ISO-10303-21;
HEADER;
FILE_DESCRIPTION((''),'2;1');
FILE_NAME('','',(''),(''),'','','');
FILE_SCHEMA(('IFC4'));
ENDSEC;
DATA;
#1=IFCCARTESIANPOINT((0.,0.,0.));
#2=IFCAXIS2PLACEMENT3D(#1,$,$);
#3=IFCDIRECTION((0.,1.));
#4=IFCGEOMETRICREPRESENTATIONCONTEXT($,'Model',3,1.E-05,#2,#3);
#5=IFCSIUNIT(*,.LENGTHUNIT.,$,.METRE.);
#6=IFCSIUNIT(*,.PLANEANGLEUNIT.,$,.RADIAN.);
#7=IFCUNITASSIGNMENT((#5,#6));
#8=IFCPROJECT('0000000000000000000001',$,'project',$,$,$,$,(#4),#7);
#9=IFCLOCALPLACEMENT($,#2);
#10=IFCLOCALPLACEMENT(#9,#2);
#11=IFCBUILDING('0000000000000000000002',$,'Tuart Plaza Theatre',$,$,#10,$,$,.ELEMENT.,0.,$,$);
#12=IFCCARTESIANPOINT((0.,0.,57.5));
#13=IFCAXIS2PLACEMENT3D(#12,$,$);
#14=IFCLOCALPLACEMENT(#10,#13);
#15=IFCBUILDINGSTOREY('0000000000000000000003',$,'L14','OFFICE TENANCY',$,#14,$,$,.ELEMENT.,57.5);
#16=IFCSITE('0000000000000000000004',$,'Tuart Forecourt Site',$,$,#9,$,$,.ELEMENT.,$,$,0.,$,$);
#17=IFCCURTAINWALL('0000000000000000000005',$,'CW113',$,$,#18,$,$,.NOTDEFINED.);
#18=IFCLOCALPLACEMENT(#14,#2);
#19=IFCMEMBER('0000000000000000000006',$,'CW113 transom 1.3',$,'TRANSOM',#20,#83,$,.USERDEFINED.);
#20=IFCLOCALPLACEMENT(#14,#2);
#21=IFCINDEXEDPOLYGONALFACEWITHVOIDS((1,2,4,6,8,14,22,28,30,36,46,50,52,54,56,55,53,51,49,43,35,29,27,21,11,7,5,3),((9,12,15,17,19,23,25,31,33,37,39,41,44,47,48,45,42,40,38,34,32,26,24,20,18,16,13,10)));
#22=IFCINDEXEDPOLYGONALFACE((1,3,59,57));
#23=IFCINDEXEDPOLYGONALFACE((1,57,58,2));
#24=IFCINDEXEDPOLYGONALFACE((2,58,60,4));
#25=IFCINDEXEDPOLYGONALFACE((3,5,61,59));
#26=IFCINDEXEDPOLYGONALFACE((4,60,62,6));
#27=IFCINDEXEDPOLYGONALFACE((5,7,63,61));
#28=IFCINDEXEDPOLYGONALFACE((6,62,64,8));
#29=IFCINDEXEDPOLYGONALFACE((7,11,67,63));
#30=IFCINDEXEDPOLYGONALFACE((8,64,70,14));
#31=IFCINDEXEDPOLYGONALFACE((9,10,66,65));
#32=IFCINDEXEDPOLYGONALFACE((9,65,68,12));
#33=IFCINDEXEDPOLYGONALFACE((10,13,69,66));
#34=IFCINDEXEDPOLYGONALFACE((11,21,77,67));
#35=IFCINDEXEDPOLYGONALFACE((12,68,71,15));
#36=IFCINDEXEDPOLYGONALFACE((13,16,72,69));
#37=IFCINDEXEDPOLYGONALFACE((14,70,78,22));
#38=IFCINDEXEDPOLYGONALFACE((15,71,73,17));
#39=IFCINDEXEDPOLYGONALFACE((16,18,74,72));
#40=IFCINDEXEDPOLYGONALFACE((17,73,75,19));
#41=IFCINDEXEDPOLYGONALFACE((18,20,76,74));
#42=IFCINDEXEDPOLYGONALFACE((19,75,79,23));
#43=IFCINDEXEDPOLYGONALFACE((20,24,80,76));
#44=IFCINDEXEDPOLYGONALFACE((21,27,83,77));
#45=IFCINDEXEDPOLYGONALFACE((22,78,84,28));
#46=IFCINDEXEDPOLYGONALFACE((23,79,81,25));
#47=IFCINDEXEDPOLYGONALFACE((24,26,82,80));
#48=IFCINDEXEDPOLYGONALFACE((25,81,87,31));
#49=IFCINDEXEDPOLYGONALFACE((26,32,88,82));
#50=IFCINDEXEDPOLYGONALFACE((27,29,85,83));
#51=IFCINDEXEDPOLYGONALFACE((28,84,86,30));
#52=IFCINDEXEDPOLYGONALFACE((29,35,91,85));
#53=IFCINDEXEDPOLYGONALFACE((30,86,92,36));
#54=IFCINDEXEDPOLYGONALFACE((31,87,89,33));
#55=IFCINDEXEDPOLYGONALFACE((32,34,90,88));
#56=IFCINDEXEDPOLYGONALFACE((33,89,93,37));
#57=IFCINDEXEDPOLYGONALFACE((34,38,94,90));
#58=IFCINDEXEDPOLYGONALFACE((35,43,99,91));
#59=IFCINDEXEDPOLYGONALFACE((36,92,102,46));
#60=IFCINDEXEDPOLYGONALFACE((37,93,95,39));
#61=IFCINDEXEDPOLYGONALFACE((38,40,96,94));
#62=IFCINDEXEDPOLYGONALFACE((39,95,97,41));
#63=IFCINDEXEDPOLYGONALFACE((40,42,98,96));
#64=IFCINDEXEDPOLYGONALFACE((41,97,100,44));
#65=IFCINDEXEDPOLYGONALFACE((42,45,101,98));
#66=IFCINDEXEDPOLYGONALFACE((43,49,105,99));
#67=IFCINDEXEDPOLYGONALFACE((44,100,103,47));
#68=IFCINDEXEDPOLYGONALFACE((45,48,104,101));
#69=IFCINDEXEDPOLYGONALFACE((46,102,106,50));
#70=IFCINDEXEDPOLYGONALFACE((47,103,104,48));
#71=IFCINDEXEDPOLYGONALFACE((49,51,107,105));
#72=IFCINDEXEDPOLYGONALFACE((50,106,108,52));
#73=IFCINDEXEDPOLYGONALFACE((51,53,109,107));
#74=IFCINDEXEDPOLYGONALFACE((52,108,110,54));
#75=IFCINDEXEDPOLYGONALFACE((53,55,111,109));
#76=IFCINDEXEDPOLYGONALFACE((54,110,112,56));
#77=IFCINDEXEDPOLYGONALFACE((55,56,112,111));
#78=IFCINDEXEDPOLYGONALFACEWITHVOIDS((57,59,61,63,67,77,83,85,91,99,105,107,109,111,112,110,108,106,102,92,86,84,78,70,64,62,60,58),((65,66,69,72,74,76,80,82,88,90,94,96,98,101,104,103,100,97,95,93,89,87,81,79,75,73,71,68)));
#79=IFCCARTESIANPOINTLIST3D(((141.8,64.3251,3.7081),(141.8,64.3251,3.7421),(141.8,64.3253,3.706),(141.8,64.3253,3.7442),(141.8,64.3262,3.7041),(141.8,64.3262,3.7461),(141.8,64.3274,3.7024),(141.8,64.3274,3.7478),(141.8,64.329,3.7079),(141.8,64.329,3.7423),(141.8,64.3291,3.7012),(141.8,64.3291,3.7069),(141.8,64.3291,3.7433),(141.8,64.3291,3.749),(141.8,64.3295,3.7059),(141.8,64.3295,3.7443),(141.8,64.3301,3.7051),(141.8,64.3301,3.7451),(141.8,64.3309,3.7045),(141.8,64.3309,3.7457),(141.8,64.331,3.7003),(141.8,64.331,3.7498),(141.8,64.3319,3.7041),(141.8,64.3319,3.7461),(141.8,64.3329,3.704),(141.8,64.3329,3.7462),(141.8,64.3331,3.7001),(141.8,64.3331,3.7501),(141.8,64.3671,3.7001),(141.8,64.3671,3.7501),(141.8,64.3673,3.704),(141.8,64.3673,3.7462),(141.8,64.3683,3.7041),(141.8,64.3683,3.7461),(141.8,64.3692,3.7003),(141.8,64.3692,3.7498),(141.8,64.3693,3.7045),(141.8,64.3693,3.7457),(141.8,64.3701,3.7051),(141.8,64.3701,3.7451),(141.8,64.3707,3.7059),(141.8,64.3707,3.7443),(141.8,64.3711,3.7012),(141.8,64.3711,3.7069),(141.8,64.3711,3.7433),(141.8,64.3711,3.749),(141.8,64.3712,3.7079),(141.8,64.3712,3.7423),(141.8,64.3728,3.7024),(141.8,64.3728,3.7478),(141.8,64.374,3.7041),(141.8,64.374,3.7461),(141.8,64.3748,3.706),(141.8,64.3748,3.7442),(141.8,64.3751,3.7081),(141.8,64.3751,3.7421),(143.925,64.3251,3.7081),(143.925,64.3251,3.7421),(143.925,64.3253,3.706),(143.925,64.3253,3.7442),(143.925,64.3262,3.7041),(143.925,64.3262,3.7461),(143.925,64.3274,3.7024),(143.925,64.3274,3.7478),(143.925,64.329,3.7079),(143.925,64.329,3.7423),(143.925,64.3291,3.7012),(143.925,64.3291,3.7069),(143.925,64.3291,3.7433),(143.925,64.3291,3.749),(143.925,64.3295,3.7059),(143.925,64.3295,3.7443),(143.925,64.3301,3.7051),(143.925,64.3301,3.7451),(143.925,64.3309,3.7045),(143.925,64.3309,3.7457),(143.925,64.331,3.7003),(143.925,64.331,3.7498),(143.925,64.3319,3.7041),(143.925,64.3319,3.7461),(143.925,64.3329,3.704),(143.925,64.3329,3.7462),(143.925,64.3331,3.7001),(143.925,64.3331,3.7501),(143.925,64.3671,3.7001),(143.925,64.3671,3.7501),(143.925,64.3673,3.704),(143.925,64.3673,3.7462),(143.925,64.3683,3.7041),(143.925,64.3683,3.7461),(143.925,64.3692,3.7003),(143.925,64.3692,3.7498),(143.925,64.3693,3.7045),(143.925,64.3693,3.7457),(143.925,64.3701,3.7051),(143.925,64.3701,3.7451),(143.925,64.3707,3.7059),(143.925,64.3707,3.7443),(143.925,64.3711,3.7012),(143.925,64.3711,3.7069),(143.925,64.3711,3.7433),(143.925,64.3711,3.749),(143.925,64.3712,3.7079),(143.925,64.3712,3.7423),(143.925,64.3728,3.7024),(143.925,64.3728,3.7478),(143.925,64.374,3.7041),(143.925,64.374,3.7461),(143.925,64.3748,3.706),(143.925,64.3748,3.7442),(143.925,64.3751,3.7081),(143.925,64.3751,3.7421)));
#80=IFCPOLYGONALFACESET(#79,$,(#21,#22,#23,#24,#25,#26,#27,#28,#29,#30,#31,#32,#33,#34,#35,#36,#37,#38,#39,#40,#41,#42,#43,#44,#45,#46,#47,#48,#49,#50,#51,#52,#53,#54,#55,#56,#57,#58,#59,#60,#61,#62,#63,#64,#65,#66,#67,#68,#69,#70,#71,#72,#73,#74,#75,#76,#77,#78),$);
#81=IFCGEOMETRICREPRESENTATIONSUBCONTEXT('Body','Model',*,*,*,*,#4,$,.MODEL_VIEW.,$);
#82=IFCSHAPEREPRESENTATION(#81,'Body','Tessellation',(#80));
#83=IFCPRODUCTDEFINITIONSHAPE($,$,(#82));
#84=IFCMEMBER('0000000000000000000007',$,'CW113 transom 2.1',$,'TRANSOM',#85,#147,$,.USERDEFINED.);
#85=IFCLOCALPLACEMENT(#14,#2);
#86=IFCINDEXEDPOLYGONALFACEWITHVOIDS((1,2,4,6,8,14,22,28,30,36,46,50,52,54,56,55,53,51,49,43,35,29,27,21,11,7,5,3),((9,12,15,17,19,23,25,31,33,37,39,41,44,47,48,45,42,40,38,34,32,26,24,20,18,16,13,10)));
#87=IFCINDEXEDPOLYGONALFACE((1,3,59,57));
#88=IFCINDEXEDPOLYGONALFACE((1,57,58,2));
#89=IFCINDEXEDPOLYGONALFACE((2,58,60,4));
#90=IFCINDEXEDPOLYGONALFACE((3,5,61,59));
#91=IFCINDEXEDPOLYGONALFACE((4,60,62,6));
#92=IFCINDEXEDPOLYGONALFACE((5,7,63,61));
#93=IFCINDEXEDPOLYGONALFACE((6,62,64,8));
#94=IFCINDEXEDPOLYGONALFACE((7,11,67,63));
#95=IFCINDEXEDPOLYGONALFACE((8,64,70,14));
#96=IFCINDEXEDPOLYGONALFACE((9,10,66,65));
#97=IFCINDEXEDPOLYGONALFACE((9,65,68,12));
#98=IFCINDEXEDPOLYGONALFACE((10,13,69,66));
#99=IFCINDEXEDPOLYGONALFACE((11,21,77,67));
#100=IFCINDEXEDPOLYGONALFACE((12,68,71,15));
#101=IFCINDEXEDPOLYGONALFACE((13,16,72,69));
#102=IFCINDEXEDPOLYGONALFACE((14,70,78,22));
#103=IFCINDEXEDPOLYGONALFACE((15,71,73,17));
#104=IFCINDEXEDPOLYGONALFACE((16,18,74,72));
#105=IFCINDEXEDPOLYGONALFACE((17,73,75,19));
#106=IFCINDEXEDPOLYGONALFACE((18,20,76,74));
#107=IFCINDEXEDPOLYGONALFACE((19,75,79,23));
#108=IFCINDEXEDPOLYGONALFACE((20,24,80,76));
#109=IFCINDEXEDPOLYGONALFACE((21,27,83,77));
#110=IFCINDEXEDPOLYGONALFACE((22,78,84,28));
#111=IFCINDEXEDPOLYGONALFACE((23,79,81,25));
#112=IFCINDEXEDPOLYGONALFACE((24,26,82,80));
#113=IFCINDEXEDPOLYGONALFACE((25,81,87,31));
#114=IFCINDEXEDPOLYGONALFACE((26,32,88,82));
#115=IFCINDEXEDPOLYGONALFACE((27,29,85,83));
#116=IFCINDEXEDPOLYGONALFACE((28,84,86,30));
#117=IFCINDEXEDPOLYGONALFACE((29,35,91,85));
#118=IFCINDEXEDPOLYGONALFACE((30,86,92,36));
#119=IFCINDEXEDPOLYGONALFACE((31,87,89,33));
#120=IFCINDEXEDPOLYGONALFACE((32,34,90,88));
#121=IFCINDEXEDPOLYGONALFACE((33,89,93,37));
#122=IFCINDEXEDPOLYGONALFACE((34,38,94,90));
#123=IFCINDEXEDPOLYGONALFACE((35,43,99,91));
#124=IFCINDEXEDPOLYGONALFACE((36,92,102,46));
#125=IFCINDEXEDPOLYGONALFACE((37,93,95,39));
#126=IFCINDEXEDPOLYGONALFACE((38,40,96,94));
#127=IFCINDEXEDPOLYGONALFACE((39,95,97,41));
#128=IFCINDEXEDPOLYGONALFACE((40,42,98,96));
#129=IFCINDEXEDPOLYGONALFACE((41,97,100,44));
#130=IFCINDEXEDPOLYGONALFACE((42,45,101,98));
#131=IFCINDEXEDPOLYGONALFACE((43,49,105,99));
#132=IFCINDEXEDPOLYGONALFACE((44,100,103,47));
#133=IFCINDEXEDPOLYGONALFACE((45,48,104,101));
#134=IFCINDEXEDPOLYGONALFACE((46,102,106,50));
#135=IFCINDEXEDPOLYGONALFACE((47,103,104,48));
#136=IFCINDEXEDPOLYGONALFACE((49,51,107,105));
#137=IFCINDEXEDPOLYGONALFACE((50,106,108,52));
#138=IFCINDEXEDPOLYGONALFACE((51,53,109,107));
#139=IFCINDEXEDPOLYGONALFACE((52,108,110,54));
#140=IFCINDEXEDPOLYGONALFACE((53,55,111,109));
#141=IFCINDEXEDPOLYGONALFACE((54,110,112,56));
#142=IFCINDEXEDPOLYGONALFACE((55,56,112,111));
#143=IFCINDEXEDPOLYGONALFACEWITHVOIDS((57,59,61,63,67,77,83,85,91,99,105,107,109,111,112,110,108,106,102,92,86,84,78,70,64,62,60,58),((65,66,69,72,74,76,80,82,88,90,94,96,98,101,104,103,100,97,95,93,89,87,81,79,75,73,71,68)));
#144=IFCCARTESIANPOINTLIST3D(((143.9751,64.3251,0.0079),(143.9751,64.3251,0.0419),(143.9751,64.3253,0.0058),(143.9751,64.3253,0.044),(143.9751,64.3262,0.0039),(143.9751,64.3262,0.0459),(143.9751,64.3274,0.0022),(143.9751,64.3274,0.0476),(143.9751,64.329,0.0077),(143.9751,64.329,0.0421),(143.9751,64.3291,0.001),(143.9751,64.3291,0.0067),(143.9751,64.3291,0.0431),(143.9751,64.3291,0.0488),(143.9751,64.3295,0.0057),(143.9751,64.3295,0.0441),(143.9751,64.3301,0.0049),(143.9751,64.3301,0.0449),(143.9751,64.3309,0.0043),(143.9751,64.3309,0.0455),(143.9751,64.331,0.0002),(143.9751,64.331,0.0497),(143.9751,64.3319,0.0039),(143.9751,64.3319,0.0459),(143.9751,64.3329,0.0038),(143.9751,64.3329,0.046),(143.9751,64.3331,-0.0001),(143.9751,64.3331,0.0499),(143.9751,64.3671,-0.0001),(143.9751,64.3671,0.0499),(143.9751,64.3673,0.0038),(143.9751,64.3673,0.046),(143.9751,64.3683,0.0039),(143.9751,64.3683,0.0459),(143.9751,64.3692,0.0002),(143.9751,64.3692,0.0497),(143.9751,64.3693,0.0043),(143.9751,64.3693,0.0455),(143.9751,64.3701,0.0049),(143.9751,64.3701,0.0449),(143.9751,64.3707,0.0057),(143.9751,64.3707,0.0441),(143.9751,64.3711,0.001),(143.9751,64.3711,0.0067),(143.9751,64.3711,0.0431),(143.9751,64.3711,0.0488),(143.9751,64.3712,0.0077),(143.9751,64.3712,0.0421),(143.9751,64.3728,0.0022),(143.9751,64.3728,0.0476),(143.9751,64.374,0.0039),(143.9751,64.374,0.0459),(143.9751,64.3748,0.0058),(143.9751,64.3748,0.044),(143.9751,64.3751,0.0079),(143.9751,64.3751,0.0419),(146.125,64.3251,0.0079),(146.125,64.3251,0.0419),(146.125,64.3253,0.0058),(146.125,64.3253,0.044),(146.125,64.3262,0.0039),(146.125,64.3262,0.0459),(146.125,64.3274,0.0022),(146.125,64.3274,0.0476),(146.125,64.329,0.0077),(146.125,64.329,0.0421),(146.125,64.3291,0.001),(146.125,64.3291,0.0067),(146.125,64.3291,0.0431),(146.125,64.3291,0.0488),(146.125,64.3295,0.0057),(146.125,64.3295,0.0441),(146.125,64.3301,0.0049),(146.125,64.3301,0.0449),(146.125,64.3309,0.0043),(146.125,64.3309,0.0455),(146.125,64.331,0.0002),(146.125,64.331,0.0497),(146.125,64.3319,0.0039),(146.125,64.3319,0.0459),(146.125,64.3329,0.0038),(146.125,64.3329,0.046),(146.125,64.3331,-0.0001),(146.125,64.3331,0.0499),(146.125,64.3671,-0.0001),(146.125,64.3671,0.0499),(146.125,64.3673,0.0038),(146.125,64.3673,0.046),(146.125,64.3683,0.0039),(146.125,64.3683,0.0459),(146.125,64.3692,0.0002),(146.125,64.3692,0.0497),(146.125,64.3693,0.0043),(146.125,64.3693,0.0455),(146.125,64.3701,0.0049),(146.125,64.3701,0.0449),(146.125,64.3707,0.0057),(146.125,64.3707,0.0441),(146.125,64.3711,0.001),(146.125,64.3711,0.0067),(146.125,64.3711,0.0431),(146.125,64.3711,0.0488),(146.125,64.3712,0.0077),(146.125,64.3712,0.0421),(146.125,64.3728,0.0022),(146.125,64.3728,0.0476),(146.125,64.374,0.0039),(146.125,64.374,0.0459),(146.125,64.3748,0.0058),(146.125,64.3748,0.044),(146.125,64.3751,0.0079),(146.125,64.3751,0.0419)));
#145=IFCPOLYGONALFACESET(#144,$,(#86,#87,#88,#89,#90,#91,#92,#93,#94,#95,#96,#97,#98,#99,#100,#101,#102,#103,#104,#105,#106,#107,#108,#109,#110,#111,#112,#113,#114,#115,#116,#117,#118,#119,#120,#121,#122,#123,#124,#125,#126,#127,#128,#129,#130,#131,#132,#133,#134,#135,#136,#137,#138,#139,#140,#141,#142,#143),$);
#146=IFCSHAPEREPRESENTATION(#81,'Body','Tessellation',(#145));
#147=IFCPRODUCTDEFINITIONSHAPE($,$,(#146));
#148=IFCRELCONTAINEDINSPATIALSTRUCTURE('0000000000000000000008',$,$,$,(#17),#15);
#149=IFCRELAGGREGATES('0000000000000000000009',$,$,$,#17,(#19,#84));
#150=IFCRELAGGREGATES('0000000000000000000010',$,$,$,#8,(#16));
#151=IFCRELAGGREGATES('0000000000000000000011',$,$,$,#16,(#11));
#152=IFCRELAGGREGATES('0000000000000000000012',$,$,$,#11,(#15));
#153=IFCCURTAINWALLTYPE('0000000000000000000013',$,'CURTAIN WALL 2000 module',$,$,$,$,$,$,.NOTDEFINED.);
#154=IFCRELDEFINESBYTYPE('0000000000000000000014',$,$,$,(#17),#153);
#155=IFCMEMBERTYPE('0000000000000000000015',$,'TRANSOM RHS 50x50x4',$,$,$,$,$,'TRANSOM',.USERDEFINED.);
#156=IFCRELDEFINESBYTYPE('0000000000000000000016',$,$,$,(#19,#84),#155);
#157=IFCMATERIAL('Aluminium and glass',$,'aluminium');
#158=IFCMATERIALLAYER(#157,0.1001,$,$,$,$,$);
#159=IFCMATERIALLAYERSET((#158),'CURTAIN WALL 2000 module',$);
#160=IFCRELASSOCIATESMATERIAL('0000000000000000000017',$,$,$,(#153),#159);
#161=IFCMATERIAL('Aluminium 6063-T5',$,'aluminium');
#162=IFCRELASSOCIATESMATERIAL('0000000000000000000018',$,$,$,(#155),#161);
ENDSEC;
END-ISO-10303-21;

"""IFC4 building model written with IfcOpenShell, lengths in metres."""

from ifc_helpers import new_model, si_unit, direction, frame, origin, origin_2d, place, context, subcontext, project, spatial, hollow_rectangle, extrude, material, layer, layer_set, material_profile, profile_set, type_object, element, aggregate, save


model = new_model("IFC4")

# Units and contexts
model_context = context("Model", 3, precision=1e-05, world=origin(), true_north=direction((0.0, 1.0)))
body_context = subcontext(model_context, "Body", "Model", "MODEL_VIEW")
ifc_project = project(units=[si_unit("LENGTHUNIT", "METRE"), si_unit("PLANEANGLEUNIT", "RADIAN")], contexts=[model_context])

# Site, building, storey
site_placement = place(None, origin())
site = spatial("IfcSite", under=ifc_project, at=site_placement, Name="Tuart Forecourt Site", CompositionType="ELEMENT", RefElevation=0.0)
building_placement = place(site_placement, origin())
building = spatial("IfcBuilding", under=site, at=building_placement, Name="Tuart Plaza Theatre", CompositionType="ELEMENT", ElevationOfRefHeight=0.0)
storey_placement = place(building_placement, frame((0.0, 0.0, 57.5)))
storey = spatial("IfcBuildingStorey", under=building, at=storey_placement, Name="L14", Description="OFFICE TENANCY", CompositionType="ELEMENT", Elevation=57.5)

# Curtain wall, members
ifc_material_1 = material(Name="Aluminium and glass", Category="aluminium")
ifc_layer_1 = layer(ifc_material_1, 0.1001)
ifc_layer_set_1 = layer_set([ifc_layer_1], Name="CURTAIN WALL 2000 module")
curtain_wall_type = type_object("IfcCurtainWallType", Name="CURTAIN WALL 2000 module", PredefinedType="NOTDEFINED", material=ifc_layer_set_1)
curtain_wall_placement = place(storey_placement, origin())
curtain_wall = element("IfcCurtainWall", 1, at=curtain_wall_placement, inside=storey, type_object=curtain_wall_type, Name="CW113", PredefinedType="NOTDEFINED")
ifc_material_2 = material(Name="Aluminium 6063-T5", Category="aluminium")
ifc_material_profile_1 = material_profile(ifc_material_2, hollow_rectangle(XDim=0.05, YDim=0.05, WallThickness=0.0039, InnerFilletRadius=0.0039, OuterFilletRadius=0.0081, at=origin_2d()), Name="RHS 50x50x4")
ifc_profile_set_1 = profile_set([ifc_material_profile_1], Name="Aluminium 6063-T5")
member_type_1 = type_object("IfcMemberType", Name="TRANSOM RHS 50x50x4", ElementType="TRANSOM", PredefinedType="USERDEFINED", material=ifc_profile_set_1)
member_1_placement = place(storey_placement, frame((141.8, 64.3501, 3.7251), z_axis=(1.0, 0.0, 0.0), x_axis=(0.0, 1.0, 0.0)))
member_1 = element("IfcMember", 2, at=member_1_placement, type_object=member_type_1, Name="CW113 transom 1.3", ObjectType="TRANSOM", PredefinedType="USERDEFINED", context=body_context, shape_type="SweptSolid", body=[
    extrude(hollow_rectangle(XDim=0.05, YDim=0.05, WallThickness=0.0039, InnerFilletRadius=0.0039, OuterFilletRadius=0.0081, at=origin_2d()), origin(), (0.0, 0.0, 1.0), 2.125),
])
member_2_placement = place(storey_placement, frame((143.9751, 64.3501, 0.0249), z_axis=(1.0, 0.0, 0.0), x_axis=(0.0, 1.0, 0.0)))
member_2 = element("IfcMember", 3, at=member_2_placement, type_object=member_type_1, Name="CW113 transom 2.1", ObjectType="TRANSOM", PredefinedType="USERDEFINED", context=body_context, shape_type="SweptSolid", body=[
    extrude(hollow_rectangle(XDim=0.05, YDim=0.05, WallThickness=0.0039, InnerFilletRadius=0.0039, OuterFilletRadius=0.0081, at=origin_2d()), origin(), (0.0, 0.0, 1.0), 2.1499),
])
aggregate(curtain_wall, [member_1, member_2])

save(model, "model.ifc")
